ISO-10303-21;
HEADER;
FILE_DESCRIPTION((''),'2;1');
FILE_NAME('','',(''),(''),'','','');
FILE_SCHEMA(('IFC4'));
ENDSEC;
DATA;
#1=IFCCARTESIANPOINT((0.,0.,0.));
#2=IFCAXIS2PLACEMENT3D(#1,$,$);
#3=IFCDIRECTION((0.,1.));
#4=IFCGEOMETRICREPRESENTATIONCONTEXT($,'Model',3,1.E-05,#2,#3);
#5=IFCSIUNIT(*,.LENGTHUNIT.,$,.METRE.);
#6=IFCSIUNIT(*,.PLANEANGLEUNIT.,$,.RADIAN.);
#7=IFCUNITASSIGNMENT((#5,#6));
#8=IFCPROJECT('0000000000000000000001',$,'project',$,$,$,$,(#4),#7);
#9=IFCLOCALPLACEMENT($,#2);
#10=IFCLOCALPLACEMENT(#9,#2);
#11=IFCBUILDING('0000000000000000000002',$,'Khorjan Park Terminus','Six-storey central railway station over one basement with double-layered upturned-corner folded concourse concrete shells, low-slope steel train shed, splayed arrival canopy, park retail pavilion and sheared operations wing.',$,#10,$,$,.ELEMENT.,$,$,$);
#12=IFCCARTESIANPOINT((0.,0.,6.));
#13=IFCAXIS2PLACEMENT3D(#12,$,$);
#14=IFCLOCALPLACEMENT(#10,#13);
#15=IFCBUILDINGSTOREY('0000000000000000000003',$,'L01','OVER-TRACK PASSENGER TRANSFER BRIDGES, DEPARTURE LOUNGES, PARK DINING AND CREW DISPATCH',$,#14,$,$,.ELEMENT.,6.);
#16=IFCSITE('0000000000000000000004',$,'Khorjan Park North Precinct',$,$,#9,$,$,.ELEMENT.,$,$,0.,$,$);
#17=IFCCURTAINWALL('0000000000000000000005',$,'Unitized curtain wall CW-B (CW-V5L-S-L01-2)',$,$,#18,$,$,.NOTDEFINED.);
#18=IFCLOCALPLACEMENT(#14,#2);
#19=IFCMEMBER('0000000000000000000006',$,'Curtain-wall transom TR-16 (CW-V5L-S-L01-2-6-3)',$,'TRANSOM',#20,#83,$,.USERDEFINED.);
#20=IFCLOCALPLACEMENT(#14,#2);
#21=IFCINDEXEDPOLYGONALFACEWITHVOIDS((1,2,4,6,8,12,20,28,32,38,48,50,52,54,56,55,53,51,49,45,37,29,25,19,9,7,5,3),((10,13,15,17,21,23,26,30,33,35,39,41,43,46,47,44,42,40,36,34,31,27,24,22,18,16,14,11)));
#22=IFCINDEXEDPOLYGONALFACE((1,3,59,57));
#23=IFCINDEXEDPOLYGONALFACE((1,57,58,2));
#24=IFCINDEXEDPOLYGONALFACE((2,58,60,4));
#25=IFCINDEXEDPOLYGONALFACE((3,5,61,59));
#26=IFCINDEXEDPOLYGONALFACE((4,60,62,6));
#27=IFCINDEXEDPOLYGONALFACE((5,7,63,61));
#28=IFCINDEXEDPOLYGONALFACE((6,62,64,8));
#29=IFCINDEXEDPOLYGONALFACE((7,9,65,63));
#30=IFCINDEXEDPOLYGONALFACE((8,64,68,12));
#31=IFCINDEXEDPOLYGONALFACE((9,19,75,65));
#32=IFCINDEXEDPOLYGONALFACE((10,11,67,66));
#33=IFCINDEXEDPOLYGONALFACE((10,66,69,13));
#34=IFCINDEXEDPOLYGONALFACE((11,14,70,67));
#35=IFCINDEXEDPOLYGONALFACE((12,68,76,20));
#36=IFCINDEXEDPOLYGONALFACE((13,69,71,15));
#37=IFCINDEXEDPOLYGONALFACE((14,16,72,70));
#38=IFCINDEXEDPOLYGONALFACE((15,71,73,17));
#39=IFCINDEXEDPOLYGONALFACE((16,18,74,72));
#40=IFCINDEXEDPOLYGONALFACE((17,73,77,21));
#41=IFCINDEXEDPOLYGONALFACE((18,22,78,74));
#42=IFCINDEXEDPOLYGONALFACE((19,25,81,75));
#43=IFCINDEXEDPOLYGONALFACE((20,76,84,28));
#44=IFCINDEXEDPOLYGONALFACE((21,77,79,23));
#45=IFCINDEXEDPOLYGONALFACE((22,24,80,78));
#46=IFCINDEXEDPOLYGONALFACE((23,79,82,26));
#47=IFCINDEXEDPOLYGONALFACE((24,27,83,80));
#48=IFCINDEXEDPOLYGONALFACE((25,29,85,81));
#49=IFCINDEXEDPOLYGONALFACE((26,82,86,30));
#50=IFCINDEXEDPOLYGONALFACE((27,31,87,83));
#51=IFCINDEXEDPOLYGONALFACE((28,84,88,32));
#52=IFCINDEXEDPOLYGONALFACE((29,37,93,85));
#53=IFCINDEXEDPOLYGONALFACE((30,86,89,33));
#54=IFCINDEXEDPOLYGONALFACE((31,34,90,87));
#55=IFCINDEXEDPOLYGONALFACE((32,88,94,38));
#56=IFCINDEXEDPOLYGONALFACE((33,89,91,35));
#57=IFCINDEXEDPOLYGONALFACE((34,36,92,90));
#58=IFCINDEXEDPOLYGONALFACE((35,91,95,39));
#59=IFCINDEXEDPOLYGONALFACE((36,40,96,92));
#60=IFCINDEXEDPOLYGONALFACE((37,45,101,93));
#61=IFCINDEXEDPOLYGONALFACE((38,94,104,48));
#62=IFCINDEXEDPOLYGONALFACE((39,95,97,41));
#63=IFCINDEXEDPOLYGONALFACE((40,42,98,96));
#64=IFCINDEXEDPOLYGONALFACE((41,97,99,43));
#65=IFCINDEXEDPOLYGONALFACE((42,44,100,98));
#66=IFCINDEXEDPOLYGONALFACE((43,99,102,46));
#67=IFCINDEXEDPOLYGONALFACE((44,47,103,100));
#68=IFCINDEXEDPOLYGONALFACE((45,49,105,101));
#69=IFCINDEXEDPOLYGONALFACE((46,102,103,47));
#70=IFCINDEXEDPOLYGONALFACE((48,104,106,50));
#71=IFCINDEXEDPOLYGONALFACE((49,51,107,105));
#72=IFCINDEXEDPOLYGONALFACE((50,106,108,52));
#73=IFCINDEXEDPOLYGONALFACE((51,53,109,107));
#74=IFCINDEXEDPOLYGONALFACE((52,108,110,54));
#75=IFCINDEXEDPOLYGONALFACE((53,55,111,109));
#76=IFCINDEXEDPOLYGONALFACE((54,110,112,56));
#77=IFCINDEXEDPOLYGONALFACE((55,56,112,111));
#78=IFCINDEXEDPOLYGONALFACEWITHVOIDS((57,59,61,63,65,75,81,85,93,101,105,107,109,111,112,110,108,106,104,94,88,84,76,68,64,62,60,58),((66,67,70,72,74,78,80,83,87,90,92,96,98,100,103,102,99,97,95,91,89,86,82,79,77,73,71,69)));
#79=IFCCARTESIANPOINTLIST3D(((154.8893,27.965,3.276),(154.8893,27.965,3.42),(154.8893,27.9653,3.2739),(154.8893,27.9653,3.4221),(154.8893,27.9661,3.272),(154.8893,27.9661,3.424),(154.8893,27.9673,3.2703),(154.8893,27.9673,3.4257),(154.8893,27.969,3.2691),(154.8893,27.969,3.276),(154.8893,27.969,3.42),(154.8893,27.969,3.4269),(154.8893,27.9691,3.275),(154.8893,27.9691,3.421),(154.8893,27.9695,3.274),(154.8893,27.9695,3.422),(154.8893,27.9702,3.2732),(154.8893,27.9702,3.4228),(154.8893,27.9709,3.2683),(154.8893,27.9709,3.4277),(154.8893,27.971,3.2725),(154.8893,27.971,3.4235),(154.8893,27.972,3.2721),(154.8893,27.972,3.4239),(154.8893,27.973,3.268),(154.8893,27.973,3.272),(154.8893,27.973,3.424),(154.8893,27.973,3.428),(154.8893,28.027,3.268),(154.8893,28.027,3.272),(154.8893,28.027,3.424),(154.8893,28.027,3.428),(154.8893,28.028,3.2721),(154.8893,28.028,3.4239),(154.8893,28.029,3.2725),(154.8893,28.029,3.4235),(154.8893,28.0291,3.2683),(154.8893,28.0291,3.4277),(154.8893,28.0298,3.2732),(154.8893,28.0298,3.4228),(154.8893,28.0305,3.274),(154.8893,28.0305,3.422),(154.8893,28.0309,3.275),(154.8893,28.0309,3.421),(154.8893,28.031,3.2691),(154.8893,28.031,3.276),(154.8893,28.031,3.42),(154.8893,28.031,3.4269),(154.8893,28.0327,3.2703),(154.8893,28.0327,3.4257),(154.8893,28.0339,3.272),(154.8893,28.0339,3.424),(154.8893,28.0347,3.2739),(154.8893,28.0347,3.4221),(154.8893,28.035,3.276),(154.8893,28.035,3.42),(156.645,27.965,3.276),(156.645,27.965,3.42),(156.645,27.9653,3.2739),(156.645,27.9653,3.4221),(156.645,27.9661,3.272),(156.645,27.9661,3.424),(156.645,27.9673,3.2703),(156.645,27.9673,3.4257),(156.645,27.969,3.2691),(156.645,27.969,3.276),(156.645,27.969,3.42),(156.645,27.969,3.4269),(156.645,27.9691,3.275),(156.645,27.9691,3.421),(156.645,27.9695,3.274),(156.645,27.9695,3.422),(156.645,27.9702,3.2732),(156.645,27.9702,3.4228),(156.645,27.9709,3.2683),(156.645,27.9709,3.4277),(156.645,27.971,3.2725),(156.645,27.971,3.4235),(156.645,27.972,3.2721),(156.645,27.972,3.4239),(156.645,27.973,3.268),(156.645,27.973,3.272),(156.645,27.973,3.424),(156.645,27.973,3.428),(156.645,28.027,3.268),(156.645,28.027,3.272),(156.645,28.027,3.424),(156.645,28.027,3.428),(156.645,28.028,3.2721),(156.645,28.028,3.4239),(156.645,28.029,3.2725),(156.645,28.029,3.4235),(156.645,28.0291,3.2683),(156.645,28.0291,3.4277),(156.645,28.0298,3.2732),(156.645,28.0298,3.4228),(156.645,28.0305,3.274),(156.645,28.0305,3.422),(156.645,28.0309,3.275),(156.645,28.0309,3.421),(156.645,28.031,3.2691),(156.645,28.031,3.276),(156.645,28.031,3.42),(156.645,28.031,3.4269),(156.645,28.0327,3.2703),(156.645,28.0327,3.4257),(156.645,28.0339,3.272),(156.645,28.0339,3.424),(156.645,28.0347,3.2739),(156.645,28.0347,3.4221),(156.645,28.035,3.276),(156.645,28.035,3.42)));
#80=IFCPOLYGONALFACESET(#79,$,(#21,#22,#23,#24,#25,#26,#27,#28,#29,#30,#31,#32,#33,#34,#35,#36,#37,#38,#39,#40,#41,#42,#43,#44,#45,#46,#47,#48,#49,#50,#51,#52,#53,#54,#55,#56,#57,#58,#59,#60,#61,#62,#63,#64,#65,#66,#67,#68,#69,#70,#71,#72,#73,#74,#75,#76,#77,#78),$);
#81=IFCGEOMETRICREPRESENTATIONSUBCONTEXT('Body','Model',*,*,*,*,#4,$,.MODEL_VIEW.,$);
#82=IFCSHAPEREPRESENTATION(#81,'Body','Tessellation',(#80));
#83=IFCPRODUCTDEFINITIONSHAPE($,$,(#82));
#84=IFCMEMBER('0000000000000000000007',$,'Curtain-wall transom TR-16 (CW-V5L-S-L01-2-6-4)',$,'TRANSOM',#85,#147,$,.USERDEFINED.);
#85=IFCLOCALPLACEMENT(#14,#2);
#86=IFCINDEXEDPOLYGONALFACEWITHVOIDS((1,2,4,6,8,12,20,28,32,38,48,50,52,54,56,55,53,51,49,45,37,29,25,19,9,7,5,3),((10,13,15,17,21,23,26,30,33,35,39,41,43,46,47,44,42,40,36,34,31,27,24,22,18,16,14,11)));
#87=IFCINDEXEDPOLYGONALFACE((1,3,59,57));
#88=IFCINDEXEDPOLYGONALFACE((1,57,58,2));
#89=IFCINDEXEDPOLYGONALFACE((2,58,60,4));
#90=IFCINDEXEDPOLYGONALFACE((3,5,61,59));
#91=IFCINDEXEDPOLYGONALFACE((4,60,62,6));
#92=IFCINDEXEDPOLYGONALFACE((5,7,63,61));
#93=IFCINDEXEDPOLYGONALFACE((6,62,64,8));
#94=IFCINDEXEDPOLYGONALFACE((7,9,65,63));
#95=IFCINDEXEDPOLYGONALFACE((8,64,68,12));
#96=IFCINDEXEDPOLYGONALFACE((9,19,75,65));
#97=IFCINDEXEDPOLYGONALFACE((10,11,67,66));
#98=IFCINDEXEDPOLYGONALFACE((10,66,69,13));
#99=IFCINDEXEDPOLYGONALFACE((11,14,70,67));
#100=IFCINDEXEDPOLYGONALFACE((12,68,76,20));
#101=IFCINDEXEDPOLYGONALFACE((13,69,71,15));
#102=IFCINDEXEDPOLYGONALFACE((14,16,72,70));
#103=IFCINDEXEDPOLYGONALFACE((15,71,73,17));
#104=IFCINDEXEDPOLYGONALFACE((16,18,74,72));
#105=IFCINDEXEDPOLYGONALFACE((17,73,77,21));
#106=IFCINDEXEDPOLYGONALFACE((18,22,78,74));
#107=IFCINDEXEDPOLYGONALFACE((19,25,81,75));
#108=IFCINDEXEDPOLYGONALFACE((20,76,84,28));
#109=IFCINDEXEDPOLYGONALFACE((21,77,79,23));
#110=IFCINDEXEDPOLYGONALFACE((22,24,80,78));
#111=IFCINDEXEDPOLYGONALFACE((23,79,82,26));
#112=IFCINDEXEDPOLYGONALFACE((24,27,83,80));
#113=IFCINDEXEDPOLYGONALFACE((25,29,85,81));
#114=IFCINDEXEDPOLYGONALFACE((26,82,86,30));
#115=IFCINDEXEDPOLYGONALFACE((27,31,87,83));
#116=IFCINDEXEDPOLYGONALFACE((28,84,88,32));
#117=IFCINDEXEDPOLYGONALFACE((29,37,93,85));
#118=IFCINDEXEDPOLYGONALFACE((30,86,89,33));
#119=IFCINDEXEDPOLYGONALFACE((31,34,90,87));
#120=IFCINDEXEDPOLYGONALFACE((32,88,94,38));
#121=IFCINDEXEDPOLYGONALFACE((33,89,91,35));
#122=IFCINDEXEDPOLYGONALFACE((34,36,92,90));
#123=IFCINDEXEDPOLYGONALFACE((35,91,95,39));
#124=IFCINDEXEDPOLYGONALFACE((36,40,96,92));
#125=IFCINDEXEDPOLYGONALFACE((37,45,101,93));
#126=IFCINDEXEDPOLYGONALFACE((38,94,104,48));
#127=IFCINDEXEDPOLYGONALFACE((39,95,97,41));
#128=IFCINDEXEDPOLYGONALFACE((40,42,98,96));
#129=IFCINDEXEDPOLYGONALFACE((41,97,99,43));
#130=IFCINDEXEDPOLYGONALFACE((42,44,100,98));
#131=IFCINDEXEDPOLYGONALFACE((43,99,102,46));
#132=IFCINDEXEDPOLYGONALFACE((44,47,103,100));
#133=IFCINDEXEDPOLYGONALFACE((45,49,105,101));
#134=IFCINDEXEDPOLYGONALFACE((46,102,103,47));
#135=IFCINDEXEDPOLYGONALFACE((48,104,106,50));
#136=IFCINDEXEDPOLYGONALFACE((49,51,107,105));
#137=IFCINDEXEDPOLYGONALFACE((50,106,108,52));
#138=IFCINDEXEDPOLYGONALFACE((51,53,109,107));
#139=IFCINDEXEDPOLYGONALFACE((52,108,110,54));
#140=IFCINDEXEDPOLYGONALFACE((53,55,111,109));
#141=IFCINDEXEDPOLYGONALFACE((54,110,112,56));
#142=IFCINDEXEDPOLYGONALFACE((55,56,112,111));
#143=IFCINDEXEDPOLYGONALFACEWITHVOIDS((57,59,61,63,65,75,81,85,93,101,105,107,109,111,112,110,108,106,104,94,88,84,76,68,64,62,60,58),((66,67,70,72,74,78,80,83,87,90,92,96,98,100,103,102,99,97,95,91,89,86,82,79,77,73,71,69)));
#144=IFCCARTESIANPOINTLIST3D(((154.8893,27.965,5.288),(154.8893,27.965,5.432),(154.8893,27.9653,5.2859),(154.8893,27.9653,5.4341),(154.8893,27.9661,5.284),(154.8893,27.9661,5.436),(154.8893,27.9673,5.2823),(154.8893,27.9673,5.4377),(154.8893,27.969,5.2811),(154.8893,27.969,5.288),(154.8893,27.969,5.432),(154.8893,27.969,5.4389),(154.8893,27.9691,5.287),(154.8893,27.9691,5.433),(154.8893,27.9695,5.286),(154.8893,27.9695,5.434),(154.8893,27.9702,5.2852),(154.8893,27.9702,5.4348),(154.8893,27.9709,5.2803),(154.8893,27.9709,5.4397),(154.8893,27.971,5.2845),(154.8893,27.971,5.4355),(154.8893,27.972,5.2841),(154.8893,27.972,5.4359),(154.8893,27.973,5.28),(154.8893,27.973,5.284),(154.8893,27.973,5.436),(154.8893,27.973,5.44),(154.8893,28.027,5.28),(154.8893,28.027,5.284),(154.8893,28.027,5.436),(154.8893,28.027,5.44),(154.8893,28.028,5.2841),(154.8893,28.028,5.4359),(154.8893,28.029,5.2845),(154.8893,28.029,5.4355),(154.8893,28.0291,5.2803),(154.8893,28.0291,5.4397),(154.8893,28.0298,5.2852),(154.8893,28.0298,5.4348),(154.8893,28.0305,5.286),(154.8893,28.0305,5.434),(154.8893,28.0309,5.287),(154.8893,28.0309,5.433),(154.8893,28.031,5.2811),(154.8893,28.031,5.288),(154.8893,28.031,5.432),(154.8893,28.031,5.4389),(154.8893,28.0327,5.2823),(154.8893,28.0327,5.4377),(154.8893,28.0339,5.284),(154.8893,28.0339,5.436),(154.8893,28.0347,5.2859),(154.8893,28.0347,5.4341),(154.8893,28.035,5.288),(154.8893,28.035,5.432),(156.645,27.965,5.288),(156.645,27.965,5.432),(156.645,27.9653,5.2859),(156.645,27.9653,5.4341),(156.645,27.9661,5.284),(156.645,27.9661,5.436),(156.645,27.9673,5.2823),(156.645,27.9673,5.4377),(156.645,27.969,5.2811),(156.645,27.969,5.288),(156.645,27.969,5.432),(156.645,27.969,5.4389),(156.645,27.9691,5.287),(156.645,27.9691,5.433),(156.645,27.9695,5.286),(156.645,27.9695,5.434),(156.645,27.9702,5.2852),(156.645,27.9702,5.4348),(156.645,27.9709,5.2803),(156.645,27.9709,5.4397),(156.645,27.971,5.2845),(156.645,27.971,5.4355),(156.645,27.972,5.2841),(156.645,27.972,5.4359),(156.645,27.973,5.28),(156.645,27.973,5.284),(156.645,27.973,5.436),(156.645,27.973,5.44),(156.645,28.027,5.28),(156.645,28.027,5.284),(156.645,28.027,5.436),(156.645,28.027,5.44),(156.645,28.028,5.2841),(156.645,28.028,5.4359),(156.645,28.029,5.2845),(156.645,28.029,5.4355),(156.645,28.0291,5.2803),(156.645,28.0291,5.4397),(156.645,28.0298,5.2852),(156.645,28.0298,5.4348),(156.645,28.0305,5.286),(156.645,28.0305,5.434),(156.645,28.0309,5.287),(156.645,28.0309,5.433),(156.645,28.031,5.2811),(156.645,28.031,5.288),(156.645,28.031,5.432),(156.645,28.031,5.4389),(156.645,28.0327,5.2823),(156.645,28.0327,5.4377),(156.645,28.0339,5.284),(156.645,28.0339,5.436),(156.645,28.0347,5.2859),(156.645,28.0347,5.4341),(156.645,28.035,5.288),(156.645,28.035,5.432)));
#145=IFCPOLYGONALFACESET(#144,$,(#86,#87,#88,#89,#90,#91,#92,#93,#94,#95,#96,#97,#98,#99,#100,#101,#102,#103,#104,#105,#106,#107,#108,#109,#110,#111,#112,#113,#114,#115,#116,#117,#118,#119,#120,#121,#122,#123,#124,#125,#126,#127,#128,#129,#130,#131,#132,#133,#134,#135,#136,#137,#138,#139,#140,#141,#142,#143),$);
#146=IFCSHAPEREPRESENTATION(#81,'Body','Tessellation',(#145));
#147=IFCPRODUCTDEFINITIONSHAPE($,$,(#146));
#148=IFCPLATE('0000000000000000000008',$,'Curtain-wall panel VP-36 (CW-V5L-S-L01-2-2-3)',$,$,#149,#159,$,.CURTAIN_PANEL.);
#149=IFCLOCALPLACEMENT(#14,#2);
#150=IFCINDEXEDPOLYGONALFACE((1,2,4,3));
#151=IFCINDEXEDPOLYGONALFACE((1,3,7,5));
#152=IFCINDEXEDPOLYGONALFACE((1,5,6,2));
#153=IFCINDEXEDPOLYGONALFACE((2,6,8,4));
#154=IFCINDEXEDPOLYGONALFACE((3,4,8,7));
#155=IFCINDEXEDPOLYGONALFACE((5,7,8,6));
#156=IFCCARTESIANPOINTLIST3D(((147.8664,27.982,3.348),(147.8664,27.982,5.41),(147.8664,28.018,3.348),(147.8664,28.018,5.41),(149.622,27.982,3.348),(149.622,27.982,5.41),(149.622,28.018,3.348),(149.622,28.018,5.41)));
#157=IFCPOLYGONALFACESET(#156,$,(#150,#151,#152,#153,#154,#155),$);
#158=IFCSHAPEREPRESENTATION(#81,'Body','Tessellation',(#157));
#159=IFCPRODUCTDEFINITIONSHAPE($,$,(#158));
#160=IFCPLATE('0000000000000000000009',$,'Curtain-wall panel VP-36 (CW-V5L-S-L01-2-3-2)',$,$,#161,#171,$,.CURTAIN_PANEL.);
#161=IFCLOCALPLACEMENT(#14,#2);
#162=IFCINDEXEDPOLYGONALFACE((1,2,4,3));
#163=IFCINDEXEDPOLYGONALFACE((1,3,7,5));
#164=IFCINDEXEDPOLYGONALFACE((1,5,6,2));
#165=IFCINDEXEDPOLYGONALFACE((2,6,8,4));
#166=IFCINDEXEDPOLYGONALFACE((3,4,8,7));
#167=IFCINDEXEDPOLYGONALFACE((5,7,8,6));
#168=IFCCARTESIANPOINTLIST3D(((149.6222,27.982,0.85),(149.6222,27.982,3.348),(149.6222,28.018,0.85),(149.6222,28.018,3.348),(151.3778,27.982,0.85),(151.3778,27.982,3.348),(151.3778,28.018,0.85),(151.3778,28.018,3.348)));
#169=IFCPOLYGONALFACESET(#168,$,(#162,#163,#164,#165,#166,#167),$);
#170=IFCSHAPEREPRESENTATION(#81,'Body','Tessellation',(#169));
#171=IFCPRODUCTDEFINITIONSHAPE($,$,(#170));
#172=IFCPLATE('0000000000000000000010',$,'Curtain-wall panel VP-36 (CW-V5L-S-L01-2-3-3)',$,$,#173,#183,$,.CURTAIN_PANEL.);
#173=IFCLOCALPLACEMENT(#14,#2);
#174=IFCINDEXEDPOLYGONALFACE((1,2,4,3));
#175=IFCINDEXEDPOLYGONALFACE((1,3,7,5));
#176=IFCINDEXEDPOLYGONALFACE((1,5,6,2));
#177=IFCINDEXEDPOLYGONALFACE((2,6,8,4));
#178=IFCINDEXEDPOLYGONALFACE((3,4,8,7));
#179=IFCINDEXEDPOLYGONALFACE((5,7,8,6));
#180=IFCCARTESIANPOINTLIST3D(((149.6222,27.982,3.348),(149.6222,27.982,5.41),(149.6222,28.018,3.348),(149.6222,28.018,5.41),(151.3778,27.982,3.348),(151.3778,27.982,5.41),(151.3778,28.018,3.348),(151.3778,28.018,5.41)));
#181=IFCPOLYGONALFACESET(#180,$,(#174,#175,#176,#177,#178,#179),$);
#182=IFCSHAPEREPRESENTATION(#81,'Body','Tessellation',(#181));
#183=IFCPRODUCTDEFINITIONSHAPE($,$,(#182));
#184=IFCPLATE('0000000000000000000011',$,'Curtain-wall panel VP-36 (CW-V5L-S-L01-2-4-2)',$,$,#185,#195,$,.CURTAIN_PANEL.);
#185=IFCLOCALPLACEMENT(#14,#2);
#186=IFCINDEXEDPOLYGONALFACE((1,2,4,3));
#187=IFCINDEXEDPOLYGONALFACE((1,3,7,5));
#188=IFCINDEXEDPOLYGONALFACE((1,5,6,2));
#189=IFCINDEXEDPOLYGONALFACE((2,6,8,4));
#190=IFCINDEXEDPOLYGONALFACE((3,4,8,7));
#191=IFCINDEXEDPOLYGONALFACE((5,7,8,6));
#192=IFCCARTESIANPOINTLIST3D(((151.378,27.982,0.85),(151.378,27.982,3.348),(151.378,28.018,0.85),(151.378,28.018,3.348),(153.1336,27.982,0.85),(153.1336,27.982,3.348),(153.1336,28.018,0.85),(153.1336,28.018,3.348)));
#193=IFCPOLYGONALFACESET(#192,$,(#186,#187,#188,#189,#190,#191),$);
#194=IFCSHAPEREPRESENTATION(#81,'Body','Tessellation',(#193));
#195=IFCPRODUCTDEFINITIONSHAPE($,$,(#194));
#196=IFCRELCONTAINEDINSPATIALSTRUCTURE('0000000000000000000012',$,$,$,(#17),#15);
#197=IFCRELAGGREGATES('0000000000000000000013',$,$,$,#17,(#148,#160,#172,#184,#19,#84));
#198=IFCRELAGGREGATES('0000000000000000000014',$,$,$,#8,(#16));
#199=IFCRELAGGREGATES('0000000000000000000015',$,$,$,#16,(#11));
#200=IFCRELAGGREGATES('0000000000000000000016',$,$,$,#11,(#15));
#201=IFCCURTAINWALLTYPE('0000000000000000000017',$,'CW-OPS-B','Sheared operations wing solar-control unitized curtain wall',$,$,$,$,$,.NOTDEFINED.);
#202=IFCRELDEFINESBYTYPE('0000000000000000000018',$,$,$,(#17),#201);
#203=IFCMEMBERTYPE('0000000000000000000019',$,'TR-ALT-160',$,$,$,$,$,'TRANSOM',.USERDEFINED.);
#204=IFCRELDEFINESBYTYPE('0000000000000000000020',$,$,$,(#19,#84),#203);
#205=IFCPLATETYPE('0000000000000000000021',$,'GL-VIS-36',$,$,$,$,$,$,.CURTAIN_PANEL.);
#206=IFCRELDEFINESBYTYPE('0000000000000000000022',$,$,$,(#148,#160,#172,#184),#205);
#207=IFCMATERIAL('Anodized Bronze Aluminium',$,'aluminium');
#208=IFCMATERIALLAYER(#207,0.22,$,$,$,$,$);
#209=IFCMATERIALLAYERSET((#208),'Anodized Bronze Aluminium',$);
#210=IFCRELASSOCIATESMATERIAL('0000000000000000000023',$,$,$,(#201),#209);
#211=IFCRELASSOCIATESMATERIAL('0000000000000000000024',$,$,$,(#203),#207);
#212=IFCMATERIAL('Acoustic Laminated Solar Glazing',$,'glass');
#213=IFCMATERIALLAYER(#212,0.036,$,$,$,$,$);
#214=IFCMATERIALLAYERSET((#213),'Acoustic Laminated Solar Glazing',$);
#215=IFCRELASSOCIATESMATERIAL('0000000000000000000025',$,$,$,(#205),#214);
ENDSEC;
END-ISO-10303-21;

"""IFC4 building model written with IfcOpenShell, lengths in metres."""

from ifc_helpers import new_model, si_unit, direction, frame, origin, origin_2d, place, context, subcontext, project, spatial, rectangle, hollow_rectangle, extrude, material, layer, layer_set, material_profile, profile_set, type_object, element, aggregate, save


model = new_model("IFC4")

# Units and contexts
model_context = context("Model", 3, precision=1e-05, world=origin(), true_north=direction((0.0, 1.0)))
body_context = subcontext(model_context, "Body", "Model", "MODEL_VIEW")
ifc_project = project(units=[si_unit("LENGTHUNIT", "METRE"), si_unit("PLANEANGLEUNIT", "RADIAN")], contexts=[model_context])

# Site, building, storey
site_placement = place(None, origin())
site = spatial("IfcSite", under=ifc_project, at=site_placement, Name="Khorjan Park North Precinct", CompositionType="ELEMENT", RefElevation=0.0)
building_placement = place(site_placement, origin())
building = spatial("IfcBuilding", under=site, at=building_placement, Name="Khorjan Park Terminus", Description="Six-storey central railway station over one basement with double-layered upturned-corner folded concourse concrete shells, low-slope steel train shed, splayed arrival canopy, park retail pavilion and sheared operations wing.", CompositionType="ELEMENT")
storey_placement = place(building_placement, frame((0.0, 0.0, 6.0)))
storey = spatial("IfcBuildingStorey", under=building, at=storey_placement, Name="L01", Description="OVER-TRACK PASSENGER TRANSFER BRIDGES, DEPARTURE LOUNGES, PARK DINING AND CREW DISPATCH", CompositionType="ELEMENT", Elevation=6.0)

# Curtain wall, members, plates
ifc_material_1 = material(Name="Anodized Bronze Aluminium", Category="aluminium")
ifc_layer_1 = layer(ifc_material_1, 0.22)
ifc_layer_set_1 = layer_set([ifc_layer_1], Name="Anodized Bronze Aluminium")
curtain_wall_type = type_object("IfcCurtainWallType", Name="CW-OPS-B", Description="Sheared operations wing solar-control unitized curtain wall", PredefinedType="NOTDEFINED", material=ifc_layer_set_1)
curtain_wall_placement = place(storey_placement, origin())
curtain_wall = element("IfcCurtainWall", 1, at=curtain_wall_placement, inside=storey, type_object=curtain_wall_type, Name="Unitized curtain wall CW-B (CW-V5L-S-L01-2)", PredefinedType="NOTDEFINED")
ifc_material_profile_1 = material_profile(ifc_material_1, hollow_rectangle(XDim=0.07, YDim=0.16, WallThickness=0.004, InnerFilletRadius=0.004, OuterFilletRadius=0.008, at=origin_2d()), Name="ALT 70x160x4")
ifc_profile_set_1 = profile_set([ifc_material_profile_1], Name="Anodized Bronze Aluminium")
member_type_1 = type_object("IfcMemberType", Name="TR-ALT-160", ElementType="TRANSOM", PredefinedType="USERDEFINED", material=ifc_profile_set_1)
member_1_placement = place(storey_placement, frame((154.8893, 28.0, 3.348), z_axis=(1.0, 0.0, 0.0), x_axis=(0.0, 1.0, 0.0)))
member_1 = element("IfcMember", 2, at=member_1_placement, type_object=member_type_1, Name="Curtain-wall transom TR-16 (CW-V5L-S-L01-2-6-3)", ObjectType="TRANSOM", PredefinedType="USERDEFINED", context=body_context, shape_type="SweptSolid", body=[
    extrude(hollow_rectangle(XDim=0.07, YDim=0.16, WallThickness=0.004, InnerFilletRadius=0.004, OuterFilletRadius=0.008, at=origin_2d()), origin(), (0.0, 0.0, 1.0), 1.7557),
])
member_2_placement = place(storey_placement, frame((154.8893, 28.0, 5.36), z_axis=(1.0, 0.0, 0.0), x_axis=(0.0, 1.0, 0.0)))
member_2 = element("IfcMember", 3, at=member_2_placement, type_object=member_type_1, Name="Curtain-wall transom TR-16 (CW-V5L-S-L01-2-6-4)", ObjectType="TRANSOM", PredefinedType="USERDEFINED", context=body_context, shape_type="SweptSolid", body=[
    extrude(hollow_rectangle(XDim=0.07, YDim=0.16, WallThickness=0.004, InnerFilletRadius=0.004, OuterFilletRadius=0.008, at=origin_2d()), origin(), (0.0, 0.0, 1.0), 1.7557),
])
ifc_material_2 = material(Name="Acoustic Laminated Solar Glazing", Category="glass")
ifc_layer_2 = layer(ifc_material_2, 0.036)
ifc_layer_set_2 = layer_set([ifc_layer_2], Name="Acoustic Laminated Solar Glazing")
plate_type_1 = type_object("IfcPlateType", Name="GL-VIS-36", PredefinedType="CURTAIN_PANEL", material=ifc_layer_set_2)
plate_1_placement = place(storey_placement, frame((148.7442, 28.0, 3.348), z_axis=(0.0, 0.0, 1.0), x_axis=(1.0, 0.0, 0.0)))
plate_1 = element("IfcPlate", 4, at=plate_1_placement, type_object=plate_type_1, Name="Curtain-wall panel VP-36 (CW-V5L-S-L01-2-2-3)", PredefinedType="CURTAIN_PANEL", context=body_context, shape_type="SweptSolid", body=[
    extrude(rectangle(XDim=1.7557, YDim=0.036, at=origin_2d()), origin(), (0.0, 0.0, 1.0), 2.062),
])
plate_2_placement = place(storey_placement, frame((150.5, 28.0, 0.85), z_axis=(0.0, 0.0, 1.0), x_axis=(1.0, 0.0, 0.0)))
plate_2 = element("IfcPlate", 5, at=plate_2_placement, type_object=plate_type_1, Name="Curtain-wall panel VP-36 (CW-V5L-S-L01-2-3-2)", PredefinedType="CURTAIN_PANEL", context=body_context, shape_type="SweptSolid", body=[
    extrude(rectangle(XDim=1.7557, YDim=0.036, at=origin_2d()), origin(), (0.0, 0.0, 1.0), 2.498),
])
plate_3_placement = place(storey_placement, frame((150.5, 28.0, 3.348), z_axis=(0.0, 0.0, 1.0), x_axis=(1.0, 0.0, 0.0)))
plate_3 = element("IfcPlate", 6, at=plate_3_placement, type_object=plate_type_1, Name="Curtain-wall panel VP-36 (CW-V5L-S-L01-2-3-3)", PredefinedType="CURTAIN_PANEL", context=body_context, shape_type="SweptSolid", body=[
    extrude(rectangle(XDim=1.7557, YDim=0.036, at=origin_2d()), origin(), (0.0, 0.0, 1.0), 2.062),
])
plate_4_placement = place(storey_placement, frame((152.2558, 28.0, 0.85), z_axis=(0.0, 0.0, 1.0), x_axis=(1.0, 0.0, 0.0)))
plate_4 = element("IfcPlate", 7, at=plate_4_placement, type_object=plate_type_1, Name="Curtain-wall panel VP-36 (CW-V5L-S-L01-2-4-2)", PredefinedType="CURTAIN_PANEL", context=body_context, shape_type="SweptSolid", body=[
    extrude(rectangle(XDim=1.7557, YDim=0.036, at=origin_2d()), origin(), (0.0, 0.0, 1.0), 2.498),
])
aggregate(curtain_wall, [plate_1, plate_2, plate_3, plate_4, member_1, member_2])

save(model, "model.ifc")
